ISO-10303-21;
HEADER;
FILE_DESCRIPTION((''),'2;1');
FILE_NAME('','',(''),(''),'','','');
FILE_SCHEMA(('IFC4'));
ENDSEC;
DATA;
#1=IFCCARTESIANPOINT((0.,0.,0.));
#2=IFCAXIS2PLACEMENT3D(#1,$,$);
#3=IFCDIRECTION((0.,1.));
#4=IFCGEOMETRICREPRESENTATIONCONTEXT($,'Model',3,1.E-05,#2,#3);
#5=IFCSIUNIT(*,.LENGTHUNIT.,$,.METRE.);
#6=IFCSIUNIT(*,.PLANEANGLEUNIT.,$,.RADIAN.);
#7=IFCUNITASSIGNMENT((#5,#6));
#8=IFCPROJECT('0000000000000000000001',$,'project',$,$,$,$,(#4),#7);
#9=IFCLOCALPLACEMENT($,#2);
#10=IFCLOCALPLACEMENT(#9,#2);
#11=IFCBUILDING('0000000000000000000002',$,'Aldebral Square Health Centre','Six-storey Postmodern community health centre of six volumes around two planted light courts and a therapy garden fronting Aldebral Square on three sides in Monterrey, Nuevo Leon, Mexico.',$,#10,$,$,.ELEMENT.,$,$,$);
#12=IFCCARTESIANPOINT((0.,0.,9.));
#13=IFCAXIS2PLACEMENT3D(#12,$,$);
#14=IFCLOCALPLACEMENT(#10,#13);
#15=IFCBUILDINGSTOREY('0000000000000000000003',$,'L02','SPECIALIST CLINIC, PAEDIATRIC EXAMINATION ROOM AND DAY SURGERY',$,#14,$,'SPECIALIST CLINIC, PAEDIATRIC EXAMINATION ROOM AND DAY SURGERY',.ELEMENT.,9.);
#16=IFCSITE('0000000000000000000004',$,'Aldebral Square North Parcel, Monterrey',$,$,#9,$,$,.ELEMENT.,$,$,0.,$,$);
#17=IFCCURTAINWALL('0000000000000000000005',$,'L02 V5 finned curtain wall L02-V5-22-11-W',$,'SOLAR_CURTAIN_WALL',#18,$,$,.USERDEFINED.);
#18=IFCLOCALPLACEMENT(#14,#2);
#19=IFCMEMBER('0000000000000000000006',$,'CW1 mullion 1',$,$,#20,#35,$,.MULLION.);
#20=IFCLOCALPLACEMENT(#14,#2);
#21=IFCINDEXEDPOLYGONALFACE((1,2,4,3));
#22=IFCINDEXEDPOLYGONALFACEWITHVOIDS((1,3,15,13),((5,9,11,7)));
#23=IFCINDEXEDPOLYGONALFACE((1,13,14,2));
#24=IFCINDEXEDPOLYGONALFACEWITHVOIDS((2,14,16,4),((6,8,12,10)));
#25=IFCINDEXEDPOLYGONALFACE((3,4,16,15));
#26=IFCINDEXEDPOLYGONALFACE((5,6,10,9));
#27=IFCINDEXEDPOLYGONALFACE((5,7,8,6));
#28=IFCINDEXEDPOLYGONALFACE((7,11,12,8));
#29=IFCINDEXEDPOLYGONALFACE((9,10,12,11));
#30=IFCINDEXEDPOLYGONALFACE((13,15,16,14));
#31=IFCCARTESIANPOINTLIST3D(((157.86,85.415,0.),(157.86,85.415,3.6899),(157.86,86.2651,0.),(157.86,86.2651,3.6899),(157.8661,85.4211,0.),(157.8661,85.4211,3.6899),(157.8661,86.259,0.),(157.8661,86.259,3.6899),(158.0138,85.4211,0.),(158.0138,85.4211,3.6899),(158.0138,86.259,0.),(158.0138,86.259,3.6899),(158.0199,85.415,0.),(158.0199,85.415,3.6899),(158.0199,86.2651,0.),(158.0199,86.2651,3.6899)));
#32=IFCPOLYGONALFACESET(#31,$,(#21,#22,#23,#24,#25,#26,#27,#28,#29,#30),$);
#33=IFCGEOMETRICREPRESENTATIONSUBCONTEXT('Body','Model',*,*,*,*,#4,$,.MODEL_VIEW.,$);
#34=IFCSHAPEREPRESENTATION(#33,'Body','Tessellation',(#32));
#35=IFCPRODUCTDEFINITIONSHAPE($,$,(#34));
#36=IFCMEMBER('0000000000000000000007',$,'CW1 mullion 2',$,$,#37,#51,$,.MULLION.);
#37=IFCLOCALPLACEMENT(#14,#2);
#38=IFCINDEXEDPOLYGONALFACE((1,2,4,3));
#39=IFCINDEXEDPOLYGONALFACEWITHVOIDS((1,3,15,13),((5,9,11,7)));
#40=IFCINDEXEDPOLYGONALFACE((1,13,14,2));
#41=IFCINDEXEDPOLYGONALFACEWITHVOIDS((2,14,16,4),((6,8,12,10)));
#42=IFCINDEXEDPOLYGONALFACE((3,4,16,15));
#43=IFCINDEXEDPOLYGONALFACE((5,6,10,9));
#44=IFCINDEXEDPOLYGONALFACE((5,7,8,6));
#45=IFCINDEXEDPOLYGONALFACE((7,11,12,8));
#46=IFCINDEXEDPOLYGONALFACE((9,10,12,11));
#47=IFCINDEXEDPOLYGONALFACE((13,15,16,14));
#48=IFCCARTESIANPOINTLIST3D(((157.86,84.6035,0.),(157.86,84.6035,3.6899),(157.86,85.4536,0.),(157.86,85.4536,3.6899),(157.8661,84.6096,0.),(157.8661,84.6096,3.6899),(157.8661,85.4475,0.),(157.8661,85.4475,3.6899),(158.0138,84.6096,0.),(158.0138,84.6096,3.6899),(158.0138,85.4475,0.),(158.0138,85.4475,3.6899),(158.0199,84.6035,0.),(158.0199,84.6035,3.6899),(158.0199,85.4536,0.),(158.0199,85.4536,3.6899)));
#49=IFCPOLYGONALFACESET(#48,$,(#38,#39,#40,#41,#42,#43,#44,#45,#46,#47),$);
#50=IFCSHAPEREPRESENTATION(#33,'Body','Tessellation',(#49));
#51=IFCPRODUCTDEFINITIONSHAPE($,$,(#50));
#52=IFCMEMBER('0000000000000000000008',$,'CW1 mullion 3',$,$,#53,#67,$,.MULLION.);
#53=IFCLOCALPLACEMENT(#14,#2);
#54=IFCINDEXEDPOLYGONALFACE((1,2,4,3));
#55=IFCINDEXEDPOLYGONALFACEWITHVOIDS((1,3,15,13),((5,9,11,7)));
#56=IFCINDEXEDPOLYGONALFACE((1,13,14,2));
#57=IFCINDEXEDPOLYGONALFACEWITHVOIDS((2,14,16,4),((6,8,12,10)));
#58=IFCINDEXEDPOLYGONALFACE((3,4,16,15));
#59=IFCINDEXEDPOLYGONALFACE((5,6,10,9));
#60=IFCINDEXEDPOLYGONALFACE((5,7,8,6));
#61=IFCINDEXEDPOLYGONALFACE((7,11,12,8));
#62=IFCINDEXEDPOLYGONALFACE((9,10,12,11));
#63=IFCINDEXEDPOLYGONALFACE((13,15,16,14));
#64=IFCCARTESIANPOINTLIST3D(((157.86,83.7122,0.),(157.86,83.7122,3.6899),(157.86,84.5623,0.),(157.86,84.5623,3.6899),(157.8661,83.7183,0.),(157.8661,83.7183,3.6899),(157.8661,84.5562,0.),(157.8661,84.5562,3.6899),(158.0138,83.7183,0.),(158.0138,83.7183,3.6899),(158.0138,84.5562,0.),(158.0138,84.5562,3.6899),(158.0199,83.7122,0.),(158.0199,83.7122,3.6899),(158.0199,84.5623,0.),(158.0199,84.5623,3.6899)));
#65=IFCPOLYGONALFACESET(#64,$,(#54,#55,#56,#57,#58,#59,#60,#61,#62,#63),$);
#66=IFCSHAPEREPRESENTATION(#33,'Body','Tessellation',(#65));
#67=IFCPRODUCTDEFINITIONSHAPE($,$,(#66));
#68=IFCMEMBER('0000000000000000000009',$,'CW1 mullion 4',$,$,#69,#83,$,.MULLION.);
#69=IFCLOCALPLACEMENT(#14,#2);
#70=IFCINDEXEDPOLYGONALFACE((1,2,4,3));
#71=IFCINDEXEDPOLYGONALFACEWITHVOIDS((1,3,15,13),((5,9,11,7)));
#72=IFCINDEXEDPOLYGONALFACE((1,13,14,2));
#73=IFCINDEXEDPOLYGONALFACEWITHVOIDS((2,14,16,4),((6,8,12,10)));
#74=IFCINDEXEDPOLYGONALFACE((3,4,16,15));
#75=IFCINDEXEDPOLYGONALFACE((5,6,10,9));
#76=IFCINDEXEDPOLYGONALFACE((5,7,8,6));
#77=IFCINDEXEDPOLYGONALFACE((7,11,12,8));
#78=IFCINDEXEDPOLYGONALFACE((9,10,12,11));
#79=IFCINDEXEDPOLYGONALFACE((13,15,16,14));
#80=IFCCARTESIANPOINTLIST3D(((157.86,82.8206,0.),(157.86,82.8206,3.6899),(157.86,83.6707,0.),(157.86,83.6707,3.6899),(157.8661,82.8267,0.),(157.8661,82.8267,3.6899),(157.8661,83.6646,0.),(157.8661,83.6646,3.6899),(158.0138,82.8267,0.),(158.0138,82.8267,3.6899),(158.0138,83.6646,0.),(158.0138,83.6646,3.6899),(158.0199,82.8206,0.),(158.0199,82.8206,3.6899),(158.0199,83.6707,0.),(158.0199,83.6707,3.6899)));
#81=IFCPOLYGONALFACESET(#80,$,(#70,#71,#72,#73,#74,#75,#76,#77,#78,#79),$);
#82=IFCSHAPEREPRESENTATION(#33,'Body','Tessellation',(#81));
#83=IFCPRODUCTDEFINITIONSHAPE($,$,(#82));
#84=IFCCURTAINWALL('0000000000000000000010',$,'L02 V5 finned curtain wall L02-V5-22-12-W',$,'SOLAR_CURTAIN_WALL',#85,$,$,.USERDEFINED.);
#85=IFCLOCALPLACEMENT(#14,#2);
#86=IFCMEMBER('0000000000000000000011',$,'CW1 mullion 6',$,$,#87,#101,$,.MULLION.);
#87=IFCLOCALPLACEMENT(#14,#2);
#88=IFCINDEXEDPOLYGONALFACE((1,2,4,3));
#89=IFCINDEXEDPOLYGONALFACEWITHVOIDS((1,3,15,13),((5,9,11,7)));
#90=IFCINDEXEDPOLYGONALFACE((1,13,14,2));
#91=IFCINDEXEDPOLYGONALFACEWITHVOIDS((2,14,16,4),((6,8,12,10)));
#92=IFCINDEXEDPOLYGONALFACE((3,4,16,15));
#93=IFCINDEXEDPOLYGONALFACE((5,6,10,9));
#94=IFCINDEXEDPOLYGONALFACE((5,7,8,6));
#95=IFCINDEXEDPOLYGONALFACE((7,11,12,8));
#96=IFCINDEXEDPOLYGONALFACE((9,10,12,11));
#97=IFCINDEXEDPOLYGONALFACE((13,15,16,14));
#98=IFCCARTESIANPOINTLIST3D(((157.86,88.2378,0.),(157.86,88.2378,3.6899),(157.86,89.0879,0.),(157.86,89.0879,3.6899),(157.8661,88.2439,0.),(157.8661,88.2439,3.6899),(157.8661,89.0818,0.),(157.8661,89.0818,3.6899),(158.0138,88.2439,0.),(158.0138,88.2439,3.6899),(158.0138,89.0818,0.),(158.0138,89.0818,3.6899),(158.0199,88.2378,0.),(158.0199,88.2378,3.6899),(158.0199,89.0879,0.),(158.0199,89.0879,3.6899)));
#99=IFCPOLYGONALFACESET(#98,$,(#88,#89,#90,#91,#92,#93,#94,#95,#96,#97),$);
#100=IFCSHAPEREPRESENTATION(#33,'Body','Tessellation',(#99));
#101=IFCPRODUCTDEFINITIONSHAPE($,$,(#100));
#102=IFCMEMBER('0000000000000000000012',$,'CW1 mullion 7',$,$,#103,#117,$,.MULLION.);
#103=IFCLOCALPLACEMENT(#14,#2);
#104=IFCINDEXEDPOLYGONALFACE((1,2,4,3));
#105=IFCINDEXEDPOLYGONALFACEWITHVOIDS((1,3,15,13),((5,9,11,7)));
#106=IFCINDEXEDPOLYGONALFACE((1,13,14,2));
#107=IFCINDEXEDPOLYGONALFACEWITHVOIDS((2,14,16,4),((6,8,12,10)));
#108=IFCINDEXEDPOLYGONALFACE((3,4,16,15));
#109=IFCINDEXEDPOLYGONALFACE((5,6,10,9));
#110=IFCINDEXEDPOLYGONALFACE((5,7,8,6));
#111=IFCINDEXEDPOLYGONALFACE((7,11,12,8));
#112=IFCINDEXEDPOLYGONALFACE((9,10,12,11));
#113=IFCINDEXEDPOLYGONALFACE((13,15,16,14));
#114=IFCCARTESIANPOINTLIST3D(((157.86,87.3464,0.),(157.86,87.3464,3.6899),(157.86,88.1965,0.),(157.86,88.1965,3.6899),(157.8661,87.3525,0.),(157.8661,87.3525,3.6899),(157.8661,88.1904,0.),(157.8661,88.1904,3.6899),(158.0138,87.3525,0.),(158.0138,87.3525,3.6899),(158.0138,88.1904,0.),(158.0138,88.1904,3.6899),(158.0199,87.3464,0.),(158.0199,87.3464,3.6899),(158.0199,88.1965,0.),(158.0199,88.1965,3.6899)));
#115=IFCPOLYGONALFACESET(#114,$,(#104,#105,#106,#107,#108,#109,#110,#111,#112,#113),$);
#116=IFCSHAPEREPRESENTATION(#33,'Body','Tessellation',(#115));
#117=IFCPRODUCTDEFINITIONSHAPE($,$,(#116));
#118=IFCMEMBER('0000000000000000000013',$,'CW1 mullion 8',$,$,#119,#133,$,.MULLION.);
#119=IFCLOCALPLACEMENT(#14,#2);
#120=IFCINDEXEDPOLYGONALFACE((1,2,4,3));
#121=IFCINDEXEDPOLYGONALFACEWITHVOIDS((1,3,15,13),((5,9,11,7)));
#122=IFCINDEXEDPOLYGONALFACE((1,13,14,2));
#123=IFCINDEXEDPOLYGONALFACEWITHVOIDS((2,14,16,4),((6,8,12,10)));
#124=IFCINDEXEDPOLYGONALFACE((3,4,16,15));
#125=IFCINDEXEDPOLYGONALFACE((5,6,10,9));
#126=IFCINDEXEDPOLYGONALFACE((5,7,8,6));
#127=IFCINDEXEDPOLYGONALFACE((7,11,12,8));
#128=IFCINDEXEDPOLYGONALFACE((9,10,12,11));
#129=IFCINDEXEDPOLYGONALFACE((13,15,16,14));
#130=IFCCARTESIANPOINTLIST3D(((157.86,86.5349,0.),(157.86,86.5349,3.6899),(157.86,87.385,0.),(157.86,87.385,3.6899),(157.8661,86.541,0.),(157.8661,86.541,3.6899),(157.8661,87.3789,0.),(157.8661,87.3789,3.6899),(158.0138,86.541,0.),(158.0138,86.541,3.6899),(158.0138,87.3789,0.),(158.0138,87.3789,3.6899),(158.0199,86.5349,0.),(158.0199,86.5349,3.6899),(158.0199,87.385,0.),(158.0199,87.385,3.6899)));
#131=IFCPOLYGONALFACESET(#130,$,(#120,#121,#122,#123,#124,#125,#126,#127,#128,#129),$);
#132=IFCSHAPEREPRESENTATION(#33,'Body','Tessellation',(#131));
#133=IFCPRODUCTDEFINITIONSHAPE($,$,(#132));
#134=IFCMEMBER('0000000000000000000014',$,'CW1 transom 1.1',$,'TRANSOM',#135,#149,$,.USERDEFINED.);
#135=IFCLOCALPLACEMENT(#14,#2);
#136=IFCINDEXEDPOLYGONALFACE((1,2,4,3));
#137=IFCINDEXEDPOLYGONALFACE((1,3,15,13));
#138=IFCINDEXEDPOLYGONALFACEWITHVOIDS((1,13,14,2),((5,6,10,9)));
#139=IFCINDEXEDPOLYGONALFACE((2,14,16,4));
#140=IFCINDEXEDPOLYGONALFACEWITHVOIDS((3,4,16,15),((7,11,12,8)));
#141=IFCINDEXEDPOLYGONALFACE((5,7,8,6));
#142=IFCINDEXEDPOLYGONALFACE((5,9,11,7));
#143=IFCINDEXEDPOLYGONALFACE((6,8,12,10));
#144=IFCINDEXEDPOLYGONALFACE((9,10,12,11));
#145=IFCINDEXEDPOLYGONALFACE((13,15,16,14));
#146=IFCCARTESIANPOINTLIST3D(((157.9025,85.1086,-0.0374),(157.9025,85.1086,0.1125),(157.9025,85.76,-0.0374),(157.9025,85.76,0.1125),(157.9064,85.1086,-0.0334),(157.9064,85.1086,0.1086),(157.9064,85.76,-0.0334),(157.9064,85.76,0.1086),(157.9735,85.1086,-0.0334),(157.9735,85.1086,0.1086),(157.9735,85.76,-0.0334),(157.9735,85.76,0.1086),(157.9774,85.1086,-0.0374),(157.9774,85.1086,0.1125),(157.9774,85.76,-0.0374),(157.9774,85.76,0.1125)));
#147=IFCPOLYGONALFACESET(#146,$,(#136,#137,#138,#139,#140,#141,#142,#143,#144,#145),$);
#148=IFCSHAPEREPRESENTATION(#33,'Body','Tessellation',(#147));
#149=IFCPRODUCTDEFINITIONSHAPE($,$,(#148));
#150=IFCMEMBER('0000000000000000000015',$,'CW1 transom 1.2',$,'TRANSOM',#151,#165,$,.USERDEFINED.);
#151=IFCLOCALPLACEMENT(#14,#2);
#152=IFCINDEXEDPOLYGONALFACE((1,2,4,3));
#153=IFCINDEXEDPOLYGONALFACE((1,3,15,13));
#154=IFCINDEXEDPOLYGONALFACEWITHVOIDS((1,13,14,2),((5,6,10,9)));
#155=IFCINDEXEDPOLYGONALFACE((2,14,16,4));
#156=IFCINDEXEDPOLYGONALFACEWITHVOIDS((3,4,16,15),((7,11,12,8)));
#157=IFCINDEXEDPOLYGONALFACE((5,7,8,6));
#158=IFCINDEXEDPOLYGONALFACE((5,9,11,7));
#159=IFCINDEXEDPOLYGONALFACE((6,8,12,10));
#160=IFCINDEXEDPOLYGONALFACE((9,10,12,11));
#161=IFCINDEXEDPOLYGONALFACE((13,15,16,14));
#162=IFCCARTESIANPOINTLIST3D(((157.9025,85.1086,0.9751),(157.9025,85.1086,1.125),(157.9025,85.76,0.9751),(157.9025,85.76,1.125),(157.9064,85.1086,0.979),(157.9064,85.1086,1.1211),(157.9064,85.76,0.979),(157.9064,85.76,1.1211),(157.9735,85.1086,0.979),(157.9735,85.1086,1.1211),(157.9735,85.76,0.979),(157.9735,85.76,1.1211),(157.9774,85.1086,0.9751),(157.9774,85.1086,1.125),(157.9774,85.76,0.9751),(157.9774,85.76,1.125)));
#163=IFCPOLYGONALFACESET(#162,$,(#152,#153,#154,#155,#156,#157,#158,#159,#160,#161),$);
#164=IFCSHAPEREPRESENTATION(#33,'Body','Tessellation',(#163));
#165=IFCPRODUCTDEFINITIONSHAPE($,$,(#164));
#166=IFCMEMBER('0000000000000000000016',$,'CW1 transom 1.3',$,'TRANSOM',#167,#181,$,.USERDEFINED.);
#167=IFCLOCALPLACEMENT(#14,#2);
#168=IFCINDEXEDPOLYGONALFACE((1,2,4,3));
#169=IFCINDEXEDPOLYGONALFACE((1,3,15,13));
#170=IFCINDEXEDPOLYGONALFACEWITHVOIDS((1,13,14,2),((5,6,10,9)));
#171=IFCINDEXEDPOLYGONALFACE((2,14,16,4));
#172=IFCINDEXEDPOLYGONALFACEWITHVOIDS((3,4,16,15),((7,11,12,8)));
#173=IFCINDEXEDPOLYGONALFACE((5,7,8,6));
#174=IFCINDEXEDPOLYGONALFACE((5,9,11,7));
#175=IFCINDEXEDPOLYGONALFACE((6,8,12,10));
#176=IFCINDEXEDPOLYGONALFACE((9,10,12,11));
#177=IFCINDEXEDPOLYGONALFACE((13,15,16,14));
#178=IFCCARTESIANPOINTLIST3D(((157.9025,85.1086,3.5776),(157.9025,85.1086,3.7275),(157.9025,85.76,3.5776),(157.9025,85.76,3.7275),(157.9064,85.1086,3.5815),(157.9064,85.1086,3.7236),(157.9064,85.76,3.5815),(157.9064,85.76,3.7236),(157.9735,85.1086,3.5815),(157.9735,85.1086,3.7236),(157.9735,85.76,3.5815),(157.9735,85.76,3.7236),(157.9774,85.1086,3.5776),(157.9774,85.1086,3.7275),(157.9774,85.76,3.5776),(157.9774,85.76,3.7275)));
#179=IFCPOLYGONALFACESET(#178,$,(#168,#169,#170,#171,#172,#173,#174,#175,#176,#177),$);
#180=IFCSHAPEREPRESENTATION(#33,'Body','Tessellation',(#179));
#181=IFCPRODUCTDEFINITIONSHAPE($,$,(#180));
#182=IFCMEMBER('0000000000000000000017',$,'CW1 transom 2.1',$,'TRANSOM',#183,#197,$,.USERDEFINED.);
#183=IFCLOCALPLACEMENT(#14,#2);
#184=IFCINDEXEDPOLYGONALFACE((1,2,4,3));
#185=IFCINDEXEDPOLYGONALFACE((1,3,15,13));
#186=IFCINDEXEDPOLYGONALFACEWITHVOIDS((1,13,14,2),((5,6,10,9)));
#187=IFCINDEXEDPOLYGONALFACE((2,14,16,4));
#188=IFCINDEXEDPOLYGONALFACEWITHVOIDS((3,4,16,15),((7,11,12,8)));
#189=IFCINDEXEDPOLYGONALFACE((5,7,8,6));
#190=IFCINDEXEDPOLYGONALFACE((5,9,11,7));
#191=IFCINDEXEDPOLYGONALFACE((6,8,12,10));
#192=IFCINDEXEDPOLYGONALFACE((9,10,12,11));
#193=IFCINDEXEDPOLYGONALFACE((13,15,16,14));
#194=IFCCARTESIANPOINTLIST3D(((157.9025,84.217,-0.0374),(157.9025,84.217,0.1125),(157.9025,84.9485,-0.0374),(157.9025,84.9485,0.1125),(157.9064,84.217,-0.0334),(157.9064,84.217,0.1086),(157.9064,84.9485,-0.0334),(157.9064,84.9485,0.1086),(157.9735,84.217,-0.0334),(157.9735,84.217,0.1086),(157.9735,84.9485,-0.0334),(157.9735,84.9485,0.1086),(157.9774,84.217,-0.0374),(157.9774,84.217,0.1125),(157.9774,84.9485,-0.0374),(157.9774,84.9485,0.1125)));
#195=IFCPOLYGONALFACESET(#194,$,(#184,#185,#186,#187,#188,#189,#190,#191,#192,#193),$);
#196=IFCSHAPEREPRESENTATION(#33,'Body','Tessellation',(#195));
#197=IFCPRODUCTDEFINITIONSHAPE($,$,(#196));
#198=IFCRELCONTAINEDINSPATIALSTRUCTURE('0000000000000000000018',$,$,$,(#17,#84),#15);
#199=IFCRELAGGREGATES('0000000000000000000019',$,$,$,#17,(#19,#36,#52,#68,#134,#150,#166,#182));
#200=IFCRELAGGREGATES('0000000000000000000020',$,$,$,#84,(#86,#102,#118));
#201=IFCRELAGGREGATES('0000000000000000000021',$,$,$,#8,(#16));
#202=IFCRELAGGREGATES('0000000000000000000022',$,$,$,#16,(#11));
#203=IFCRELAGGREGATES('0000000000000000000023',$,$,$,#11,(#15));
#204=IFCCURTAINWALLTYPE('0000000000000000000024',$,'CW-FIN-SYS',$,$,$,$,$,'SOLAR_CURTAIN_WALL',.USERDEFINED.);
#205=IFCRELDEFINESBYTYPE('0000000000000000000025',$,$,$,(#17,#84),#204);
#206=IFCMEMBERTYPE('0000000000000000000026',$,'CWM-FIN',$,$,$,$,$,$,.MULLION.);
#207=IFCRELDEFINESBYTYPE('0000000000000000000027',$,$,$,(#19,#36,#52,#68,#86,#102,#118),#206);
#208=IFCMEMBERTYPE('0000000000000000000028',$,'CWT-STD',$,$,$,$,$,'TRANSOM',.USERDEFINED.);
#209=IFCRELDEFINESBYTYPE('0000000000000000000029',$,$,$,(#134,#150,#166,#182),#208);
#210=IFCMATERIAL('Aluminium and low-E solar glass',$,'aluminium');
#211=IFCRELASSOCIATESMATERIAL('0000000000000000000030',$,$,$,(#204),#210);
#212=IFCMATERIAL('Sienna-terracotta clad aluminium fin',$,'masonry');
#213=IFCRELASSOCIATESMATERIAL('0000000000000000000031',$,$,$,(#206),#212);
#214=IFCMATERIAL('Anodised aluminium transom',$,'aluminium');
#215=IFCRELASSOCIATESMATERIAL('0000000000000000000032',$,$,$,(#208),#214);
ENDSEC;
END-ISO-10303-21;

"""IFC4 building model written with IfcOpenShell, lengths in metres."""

from ifc_helpers import new_model, si_unit, direction, frame, origin, origin_2d, place, context, subcontext, project, spatial, hollow_rectangle, extrude, material, material_profile, profile_set, type_object, element, aggregate, save


model = new_model("IFC4")

# Units and contexts
model_context = context("Model", 3, precision=1e-05, world=origin(), true_north=direction((0.0, 1.0)))
body_context = subcontext(model_context, "Body", "Model", "MODEL_VIEW")
ifc_project = project(units=[si_unit("LENGTHUNIT", "METRE"), si_unit("PLANEANGLEUNIT", "RADIAN")], contexts=[model_context])

# Site, building, storey
site_placement = place(None, origin())
site = spatial("IfcSite", under=ifc_project, at=site_placement, Name="Aldebral Square North Parcel, Monterrey", CompositionType="ELEMENT", RefElevation=0.0)
building_placement = place(site_placement, origin())
building = spatial("IfcBuilding", under=site, at=building_placement, Name="Aldebral Square Health Centre", Description="Six-storey Postmodern community health centre of six volumes around two planted light courts and a therapy garden fronting Aldebral Square on three sides in Monterrey, Nuevo Leon, Mexico.", CompositionType="ELEMENT")
storey_placement = place(building_placement, frame((0.0, 0.0, 9.0)))
storey = spatial("IfcBuildingStorey", under=building, at=storey_placement, Name="L02", Description="SPECIALIST CLINIC, PAEDIATRIC EXAMINATION ROOM AND DAY SURGERY", LongName="SPECIALIST CLINIC, PAEDIATRIC EXAMINATION ROOM AND DAY SURGERY", CompositionType="ELEMENT", Elevation=9.0)

# Curtain walls, members
ifc_material_1 = material(Name="Aluminium and low-E solar glass", Category="aluminium")
curtain_wall_type = type_object("IfcCurtainWallType", Name="CW-FIN-SYS", ElementType="SOLAR_CURTAIN_WALL", PredefinedType="USERDEFINED", material=ifc_material_1)
curtain_wall_1_placement = place(storey_placement, origin())
curtain_wall_1 = element("IfcCurtainWall", 1, at=curtain_wall_1_placement, inside=storey, type_object=curtain_wall_type, Name="L02 V5 finned curtain wall L02-V5-22-11-W", ObjectType="SOLAR_CURTAIN_WALL", PredefinedType="USERDEFINED")
ifc_material_2 = material(Name="Sienna-terracotta clad aluminium fin", Category="masonry")
ifc_material_profile_1 = material_profile(ifc_material_2, hollow_rectangle(XDim=0.1599, YDim=0.8501, WallThickness=0.0061, at=origin_2d()), Name="FIN 160x850x6")
ifc_profile_set_1 = profile_set([ifc_material_profile_1], Name="Sienna-terracotta clad aluminium fin")
member_type_1 = type_object("IfcMemberType", Name="CWM-FIN", PredefinedType="MULLION", material=ifc_profile_set_1)
member_1_placement = place(storey_placement, frame((157.9399, 85.8401, 0.0), z_axis=(0.0, 0.0, 1.0), x_axis=(1.0, 0.0, 0.0)))
member_1 = element("IfcMember", 2, at=member_1_placement, type_object=member_type_1, Name="CW1 mullion 1", PredefinedType="MULLION", context=body_context, shape_type="SweptSolid", body=[
    extrude(hollow_rectangle(XDim=0.1599, YDim=0.8501, WallThickness=0.0061, at=origin_2d()), origin(), (0.0, 0.0, 1.0), 3.6899),
])
member_2_placement = place(storey_placement, frame((157.9399, 85.0286, 0.0), z_axis=(0.0, 0.0, 1.0), x_axis=(1.0, 0.0, 0.0)))
member_2 = element("IfcMember", 3, at=member_2_placement, type_object=member_type_1, Name="CW1 mullion 2", PredefinedType="MULLION", context=body_context, shape_type="SweptSolid", body=[
    extrude(hollow_rectangle(XDim=0.1599, YDim=0.8501, WallThickness=0.0061, at=origin_2d()), origin(), (0.0, 0.0, 1.0), 3.6899),
])
member_3_placement = place(storey_placement, frame((157.9399, 84.1372, 0.0), z_axis=(0.0, 0.0, 1.0), x_axis=(1.0, 0.0, 0.0)))
member_3 = element("IfcMember", 4, at=member_3_placement, type_object=member_type_1, Name="CW1 mullion 3", PredefinedType="MULLION", context=body_context, shape_type="SweptSolid", body=[
    extrude(hollow_rectangle(XDim=0.1599, YDim=0.8501, WallThickness=0.0061, at=origin_2d()), origin(), (0.0, 0.0, 1.0), 3.6899),
])
member_4_placement = place(storey_placement, frame((157.9399, 83.2456, 0.0), z_axis=(0.0, 0.0, 1.0), x_axis=(1.0, 0.0, 0.0)))
member_4 = element("IfcMember", 5, at=member_4_placement, type_object=member_type_1, Name="CW1 mullion 4", PredefinedType="MULLION", context=body_context, shape_type="SweptSolid", body=[
    extrude(hollow_rectangle(XDim=0.1599, YDim=0.8501, WallThickness=0.0061, at=origin_2d()), origin(), (0.0, 0.0, 1.0), 3.6899),
])
curtain_wall_2_placement = place(storey_placement, origin())
curtain_wall_2 = element("IfcCurtainWall", 6, at=curtain_wall_2_placement, inside=storey, type_object=curtain_wall_type, Name="L02 V5 finned curtain wall L02-V5-22-12-W", ObjectType="SOLAR_CURTAIN_WALL", PredefinedType="USERDEFINED")
member_5_placement = place(storey_placement, frame((157.9399, 88.6628, 0.0), z_axis=(0.0, 0.0, 1.0), x_axis=(1.0, 0.0, 0.0)))
member_5 = element("IfcMember", 7, at=member_5_placement, type_object=member_type_1, Name="CW1 mullion 6", PredefinedType="MULLION", context=body_context, shape_type="SweptSolid", body=[
    extrude(hollow_rectangle(XDim=0.1599, YDim=0.8501, WallThickness=0.0061, at=origin_2d()), origin(), (0.0, 0.0, 1.0), 3.6899),
])
member_6_placement = place(storey_placement, frame((157.9399, 87.7715, 0.0), z_axis=(0.0, 0.0, 1.0), x_axis=(1.0, 0.0, 0.0)))
member_6 = element("IfcMember", 8, at=member_6_placement, type_object=member_type_1, Name="CW1 mullion 7", PredefinedType="MULLION", context=body_context, shape_type="SweptSolid", body=[
    extrude(hollow_rectangle(XDim=0.1599, YDim=0.8501, WallThickness=0.0061, at=origin_2d()), origin(), (0.0, 0.0, 1.0), 3.6899),
])
member_7_placement = place(storey_placement, frame((157.9399, 86.96, 0.0), z_axis=(0.0, 0.0, 1.0), x_axis=(1.0, 0.0, 0.0)))
member_7 = element("IfcMember", 9, at=member_7_placement, type_object=member_type_1, Name="CW1 mullion 8", PredefinedType="MULLION", context=body_context, shape_type="SweptSolid", body=[
    extrude(hollow_rectangle(XDim=0.1599, YDim=0.8501, WallThickness=0.0061, at=origin_2d()), origin(), (0.0, 0.0, 1.0), 3.6899),
])

# Members
ifc_material_3 = material(Name="Anodised aluminium transom", Category="aluminium")
ifc_material_profile_2 = material_profile(ifc_material_3, hollow_rectangle(XDim=0.075, YDim=0.1499, WallThickness=0.0039, at=origin_2d()), Name="CWT 75x150x4")
ifc_profile_set_2 = profile_set([ifc_material_profile_2], Name="Anodised aluminium transom")
member_type_2 = type_object("IfcMemberType", Name="CWT-STD", ElementType="TRANSOM", PredefinedType="USERDEFINED", material=ifc_profile_set_2)
member_8_placement = place(storey_placement, frame((157.9399, 85.76, 0.0376), z_axis=(0.0, -1.0, 0.0), x_axis=(1.0, 0.0, 0.0)))
member_8 = element("IfcMember", 10, at=member_8_placement, type_object=member_type_2, Name="CW1 transom 1.1", ObjectType="TRANSOM", PredefinedType="USERDEFINED", context=body_context, shape_type="SweptSolid", body=[
    extrude(hollow_rectangle(XDim=0.075, YDim=0.1499, WallThickness=0.0039, at=origin_2d()), origin(), (0.0, 0.0, 1.0), 0.6514),
])
member_9_placement = place(storey_placement, frame((157.9399, 85.76, 1.05), z_axis=(0.0, -1.0, 0.0), x_axis=(1.0, 0.0, 0.0)))
member_9 = element("IfcMember", 11, at=member_9_placement, type_object=member_type_2, Name="CW1 transom 1.2", ObjectType="TRANSOM", PredefinedType="USERDEFINED", context=body_context, shape_type="SweptSolid", body=[
    extrude(hollow_rectangle(XDim=0.075, YDim=0.1499, WallThickness=0.0039, at=origin_2d()), origin(), (0.0, 0.0, 1.0), 0.6514),
])
member_10_placement = place(storey_placement, frame((157.9399, 85.76, 3.6526), z_axis=(0.0, -1.0, 0.0), x_axis=(1.0, 0.0, 0.0)))
member_10 = element("IfcMember", 12, at=member_10_placement, type_object=member_type_2, Name="CW1 transom 1.3", ObjectType="TRANSOM", PredefinedType="USERDEFINED", context=body_context, shape_type="SweptSolid", body=[
    extrude(hollow_rectangle(XDim=0.075, YDim=0.1499, WallThickness=0.0039, at=origin_2d()), origin(), (0.0, 0.0, 1.0), 0.6514),
])
member_11_placement = place(storey_placement, frame((157.9399, 84.9485, 0.0376), z_axis=(0.0, -1.0, 0.0), x_axis=(1.0, 0.0, 0.0)))
member_11 = element("IfcMember", 13, at=member_11_placement, type_object=member_type_2, Name="CW1 transom 2.1", ObjectType="TRANSOM", PredefinedType="USERDEFINED", context=body_context, shape_type="SweptSolid", body=[
    extrude(hollow_rectangle(XDim=0.075, YDim=0.1499, WallThickness=0.0039, at=origin_2d()), origin(), (0.0, 0.0, 1.0), 0.7314),
])

aggregate(curtain_wall_1, [member_1, member_2, member_3, member_4, member_8, member_9, member_10, member_11])
aggregate(curtain_wall_2, [member_5, member_6, member_7])

save(model, "model.ifc")
